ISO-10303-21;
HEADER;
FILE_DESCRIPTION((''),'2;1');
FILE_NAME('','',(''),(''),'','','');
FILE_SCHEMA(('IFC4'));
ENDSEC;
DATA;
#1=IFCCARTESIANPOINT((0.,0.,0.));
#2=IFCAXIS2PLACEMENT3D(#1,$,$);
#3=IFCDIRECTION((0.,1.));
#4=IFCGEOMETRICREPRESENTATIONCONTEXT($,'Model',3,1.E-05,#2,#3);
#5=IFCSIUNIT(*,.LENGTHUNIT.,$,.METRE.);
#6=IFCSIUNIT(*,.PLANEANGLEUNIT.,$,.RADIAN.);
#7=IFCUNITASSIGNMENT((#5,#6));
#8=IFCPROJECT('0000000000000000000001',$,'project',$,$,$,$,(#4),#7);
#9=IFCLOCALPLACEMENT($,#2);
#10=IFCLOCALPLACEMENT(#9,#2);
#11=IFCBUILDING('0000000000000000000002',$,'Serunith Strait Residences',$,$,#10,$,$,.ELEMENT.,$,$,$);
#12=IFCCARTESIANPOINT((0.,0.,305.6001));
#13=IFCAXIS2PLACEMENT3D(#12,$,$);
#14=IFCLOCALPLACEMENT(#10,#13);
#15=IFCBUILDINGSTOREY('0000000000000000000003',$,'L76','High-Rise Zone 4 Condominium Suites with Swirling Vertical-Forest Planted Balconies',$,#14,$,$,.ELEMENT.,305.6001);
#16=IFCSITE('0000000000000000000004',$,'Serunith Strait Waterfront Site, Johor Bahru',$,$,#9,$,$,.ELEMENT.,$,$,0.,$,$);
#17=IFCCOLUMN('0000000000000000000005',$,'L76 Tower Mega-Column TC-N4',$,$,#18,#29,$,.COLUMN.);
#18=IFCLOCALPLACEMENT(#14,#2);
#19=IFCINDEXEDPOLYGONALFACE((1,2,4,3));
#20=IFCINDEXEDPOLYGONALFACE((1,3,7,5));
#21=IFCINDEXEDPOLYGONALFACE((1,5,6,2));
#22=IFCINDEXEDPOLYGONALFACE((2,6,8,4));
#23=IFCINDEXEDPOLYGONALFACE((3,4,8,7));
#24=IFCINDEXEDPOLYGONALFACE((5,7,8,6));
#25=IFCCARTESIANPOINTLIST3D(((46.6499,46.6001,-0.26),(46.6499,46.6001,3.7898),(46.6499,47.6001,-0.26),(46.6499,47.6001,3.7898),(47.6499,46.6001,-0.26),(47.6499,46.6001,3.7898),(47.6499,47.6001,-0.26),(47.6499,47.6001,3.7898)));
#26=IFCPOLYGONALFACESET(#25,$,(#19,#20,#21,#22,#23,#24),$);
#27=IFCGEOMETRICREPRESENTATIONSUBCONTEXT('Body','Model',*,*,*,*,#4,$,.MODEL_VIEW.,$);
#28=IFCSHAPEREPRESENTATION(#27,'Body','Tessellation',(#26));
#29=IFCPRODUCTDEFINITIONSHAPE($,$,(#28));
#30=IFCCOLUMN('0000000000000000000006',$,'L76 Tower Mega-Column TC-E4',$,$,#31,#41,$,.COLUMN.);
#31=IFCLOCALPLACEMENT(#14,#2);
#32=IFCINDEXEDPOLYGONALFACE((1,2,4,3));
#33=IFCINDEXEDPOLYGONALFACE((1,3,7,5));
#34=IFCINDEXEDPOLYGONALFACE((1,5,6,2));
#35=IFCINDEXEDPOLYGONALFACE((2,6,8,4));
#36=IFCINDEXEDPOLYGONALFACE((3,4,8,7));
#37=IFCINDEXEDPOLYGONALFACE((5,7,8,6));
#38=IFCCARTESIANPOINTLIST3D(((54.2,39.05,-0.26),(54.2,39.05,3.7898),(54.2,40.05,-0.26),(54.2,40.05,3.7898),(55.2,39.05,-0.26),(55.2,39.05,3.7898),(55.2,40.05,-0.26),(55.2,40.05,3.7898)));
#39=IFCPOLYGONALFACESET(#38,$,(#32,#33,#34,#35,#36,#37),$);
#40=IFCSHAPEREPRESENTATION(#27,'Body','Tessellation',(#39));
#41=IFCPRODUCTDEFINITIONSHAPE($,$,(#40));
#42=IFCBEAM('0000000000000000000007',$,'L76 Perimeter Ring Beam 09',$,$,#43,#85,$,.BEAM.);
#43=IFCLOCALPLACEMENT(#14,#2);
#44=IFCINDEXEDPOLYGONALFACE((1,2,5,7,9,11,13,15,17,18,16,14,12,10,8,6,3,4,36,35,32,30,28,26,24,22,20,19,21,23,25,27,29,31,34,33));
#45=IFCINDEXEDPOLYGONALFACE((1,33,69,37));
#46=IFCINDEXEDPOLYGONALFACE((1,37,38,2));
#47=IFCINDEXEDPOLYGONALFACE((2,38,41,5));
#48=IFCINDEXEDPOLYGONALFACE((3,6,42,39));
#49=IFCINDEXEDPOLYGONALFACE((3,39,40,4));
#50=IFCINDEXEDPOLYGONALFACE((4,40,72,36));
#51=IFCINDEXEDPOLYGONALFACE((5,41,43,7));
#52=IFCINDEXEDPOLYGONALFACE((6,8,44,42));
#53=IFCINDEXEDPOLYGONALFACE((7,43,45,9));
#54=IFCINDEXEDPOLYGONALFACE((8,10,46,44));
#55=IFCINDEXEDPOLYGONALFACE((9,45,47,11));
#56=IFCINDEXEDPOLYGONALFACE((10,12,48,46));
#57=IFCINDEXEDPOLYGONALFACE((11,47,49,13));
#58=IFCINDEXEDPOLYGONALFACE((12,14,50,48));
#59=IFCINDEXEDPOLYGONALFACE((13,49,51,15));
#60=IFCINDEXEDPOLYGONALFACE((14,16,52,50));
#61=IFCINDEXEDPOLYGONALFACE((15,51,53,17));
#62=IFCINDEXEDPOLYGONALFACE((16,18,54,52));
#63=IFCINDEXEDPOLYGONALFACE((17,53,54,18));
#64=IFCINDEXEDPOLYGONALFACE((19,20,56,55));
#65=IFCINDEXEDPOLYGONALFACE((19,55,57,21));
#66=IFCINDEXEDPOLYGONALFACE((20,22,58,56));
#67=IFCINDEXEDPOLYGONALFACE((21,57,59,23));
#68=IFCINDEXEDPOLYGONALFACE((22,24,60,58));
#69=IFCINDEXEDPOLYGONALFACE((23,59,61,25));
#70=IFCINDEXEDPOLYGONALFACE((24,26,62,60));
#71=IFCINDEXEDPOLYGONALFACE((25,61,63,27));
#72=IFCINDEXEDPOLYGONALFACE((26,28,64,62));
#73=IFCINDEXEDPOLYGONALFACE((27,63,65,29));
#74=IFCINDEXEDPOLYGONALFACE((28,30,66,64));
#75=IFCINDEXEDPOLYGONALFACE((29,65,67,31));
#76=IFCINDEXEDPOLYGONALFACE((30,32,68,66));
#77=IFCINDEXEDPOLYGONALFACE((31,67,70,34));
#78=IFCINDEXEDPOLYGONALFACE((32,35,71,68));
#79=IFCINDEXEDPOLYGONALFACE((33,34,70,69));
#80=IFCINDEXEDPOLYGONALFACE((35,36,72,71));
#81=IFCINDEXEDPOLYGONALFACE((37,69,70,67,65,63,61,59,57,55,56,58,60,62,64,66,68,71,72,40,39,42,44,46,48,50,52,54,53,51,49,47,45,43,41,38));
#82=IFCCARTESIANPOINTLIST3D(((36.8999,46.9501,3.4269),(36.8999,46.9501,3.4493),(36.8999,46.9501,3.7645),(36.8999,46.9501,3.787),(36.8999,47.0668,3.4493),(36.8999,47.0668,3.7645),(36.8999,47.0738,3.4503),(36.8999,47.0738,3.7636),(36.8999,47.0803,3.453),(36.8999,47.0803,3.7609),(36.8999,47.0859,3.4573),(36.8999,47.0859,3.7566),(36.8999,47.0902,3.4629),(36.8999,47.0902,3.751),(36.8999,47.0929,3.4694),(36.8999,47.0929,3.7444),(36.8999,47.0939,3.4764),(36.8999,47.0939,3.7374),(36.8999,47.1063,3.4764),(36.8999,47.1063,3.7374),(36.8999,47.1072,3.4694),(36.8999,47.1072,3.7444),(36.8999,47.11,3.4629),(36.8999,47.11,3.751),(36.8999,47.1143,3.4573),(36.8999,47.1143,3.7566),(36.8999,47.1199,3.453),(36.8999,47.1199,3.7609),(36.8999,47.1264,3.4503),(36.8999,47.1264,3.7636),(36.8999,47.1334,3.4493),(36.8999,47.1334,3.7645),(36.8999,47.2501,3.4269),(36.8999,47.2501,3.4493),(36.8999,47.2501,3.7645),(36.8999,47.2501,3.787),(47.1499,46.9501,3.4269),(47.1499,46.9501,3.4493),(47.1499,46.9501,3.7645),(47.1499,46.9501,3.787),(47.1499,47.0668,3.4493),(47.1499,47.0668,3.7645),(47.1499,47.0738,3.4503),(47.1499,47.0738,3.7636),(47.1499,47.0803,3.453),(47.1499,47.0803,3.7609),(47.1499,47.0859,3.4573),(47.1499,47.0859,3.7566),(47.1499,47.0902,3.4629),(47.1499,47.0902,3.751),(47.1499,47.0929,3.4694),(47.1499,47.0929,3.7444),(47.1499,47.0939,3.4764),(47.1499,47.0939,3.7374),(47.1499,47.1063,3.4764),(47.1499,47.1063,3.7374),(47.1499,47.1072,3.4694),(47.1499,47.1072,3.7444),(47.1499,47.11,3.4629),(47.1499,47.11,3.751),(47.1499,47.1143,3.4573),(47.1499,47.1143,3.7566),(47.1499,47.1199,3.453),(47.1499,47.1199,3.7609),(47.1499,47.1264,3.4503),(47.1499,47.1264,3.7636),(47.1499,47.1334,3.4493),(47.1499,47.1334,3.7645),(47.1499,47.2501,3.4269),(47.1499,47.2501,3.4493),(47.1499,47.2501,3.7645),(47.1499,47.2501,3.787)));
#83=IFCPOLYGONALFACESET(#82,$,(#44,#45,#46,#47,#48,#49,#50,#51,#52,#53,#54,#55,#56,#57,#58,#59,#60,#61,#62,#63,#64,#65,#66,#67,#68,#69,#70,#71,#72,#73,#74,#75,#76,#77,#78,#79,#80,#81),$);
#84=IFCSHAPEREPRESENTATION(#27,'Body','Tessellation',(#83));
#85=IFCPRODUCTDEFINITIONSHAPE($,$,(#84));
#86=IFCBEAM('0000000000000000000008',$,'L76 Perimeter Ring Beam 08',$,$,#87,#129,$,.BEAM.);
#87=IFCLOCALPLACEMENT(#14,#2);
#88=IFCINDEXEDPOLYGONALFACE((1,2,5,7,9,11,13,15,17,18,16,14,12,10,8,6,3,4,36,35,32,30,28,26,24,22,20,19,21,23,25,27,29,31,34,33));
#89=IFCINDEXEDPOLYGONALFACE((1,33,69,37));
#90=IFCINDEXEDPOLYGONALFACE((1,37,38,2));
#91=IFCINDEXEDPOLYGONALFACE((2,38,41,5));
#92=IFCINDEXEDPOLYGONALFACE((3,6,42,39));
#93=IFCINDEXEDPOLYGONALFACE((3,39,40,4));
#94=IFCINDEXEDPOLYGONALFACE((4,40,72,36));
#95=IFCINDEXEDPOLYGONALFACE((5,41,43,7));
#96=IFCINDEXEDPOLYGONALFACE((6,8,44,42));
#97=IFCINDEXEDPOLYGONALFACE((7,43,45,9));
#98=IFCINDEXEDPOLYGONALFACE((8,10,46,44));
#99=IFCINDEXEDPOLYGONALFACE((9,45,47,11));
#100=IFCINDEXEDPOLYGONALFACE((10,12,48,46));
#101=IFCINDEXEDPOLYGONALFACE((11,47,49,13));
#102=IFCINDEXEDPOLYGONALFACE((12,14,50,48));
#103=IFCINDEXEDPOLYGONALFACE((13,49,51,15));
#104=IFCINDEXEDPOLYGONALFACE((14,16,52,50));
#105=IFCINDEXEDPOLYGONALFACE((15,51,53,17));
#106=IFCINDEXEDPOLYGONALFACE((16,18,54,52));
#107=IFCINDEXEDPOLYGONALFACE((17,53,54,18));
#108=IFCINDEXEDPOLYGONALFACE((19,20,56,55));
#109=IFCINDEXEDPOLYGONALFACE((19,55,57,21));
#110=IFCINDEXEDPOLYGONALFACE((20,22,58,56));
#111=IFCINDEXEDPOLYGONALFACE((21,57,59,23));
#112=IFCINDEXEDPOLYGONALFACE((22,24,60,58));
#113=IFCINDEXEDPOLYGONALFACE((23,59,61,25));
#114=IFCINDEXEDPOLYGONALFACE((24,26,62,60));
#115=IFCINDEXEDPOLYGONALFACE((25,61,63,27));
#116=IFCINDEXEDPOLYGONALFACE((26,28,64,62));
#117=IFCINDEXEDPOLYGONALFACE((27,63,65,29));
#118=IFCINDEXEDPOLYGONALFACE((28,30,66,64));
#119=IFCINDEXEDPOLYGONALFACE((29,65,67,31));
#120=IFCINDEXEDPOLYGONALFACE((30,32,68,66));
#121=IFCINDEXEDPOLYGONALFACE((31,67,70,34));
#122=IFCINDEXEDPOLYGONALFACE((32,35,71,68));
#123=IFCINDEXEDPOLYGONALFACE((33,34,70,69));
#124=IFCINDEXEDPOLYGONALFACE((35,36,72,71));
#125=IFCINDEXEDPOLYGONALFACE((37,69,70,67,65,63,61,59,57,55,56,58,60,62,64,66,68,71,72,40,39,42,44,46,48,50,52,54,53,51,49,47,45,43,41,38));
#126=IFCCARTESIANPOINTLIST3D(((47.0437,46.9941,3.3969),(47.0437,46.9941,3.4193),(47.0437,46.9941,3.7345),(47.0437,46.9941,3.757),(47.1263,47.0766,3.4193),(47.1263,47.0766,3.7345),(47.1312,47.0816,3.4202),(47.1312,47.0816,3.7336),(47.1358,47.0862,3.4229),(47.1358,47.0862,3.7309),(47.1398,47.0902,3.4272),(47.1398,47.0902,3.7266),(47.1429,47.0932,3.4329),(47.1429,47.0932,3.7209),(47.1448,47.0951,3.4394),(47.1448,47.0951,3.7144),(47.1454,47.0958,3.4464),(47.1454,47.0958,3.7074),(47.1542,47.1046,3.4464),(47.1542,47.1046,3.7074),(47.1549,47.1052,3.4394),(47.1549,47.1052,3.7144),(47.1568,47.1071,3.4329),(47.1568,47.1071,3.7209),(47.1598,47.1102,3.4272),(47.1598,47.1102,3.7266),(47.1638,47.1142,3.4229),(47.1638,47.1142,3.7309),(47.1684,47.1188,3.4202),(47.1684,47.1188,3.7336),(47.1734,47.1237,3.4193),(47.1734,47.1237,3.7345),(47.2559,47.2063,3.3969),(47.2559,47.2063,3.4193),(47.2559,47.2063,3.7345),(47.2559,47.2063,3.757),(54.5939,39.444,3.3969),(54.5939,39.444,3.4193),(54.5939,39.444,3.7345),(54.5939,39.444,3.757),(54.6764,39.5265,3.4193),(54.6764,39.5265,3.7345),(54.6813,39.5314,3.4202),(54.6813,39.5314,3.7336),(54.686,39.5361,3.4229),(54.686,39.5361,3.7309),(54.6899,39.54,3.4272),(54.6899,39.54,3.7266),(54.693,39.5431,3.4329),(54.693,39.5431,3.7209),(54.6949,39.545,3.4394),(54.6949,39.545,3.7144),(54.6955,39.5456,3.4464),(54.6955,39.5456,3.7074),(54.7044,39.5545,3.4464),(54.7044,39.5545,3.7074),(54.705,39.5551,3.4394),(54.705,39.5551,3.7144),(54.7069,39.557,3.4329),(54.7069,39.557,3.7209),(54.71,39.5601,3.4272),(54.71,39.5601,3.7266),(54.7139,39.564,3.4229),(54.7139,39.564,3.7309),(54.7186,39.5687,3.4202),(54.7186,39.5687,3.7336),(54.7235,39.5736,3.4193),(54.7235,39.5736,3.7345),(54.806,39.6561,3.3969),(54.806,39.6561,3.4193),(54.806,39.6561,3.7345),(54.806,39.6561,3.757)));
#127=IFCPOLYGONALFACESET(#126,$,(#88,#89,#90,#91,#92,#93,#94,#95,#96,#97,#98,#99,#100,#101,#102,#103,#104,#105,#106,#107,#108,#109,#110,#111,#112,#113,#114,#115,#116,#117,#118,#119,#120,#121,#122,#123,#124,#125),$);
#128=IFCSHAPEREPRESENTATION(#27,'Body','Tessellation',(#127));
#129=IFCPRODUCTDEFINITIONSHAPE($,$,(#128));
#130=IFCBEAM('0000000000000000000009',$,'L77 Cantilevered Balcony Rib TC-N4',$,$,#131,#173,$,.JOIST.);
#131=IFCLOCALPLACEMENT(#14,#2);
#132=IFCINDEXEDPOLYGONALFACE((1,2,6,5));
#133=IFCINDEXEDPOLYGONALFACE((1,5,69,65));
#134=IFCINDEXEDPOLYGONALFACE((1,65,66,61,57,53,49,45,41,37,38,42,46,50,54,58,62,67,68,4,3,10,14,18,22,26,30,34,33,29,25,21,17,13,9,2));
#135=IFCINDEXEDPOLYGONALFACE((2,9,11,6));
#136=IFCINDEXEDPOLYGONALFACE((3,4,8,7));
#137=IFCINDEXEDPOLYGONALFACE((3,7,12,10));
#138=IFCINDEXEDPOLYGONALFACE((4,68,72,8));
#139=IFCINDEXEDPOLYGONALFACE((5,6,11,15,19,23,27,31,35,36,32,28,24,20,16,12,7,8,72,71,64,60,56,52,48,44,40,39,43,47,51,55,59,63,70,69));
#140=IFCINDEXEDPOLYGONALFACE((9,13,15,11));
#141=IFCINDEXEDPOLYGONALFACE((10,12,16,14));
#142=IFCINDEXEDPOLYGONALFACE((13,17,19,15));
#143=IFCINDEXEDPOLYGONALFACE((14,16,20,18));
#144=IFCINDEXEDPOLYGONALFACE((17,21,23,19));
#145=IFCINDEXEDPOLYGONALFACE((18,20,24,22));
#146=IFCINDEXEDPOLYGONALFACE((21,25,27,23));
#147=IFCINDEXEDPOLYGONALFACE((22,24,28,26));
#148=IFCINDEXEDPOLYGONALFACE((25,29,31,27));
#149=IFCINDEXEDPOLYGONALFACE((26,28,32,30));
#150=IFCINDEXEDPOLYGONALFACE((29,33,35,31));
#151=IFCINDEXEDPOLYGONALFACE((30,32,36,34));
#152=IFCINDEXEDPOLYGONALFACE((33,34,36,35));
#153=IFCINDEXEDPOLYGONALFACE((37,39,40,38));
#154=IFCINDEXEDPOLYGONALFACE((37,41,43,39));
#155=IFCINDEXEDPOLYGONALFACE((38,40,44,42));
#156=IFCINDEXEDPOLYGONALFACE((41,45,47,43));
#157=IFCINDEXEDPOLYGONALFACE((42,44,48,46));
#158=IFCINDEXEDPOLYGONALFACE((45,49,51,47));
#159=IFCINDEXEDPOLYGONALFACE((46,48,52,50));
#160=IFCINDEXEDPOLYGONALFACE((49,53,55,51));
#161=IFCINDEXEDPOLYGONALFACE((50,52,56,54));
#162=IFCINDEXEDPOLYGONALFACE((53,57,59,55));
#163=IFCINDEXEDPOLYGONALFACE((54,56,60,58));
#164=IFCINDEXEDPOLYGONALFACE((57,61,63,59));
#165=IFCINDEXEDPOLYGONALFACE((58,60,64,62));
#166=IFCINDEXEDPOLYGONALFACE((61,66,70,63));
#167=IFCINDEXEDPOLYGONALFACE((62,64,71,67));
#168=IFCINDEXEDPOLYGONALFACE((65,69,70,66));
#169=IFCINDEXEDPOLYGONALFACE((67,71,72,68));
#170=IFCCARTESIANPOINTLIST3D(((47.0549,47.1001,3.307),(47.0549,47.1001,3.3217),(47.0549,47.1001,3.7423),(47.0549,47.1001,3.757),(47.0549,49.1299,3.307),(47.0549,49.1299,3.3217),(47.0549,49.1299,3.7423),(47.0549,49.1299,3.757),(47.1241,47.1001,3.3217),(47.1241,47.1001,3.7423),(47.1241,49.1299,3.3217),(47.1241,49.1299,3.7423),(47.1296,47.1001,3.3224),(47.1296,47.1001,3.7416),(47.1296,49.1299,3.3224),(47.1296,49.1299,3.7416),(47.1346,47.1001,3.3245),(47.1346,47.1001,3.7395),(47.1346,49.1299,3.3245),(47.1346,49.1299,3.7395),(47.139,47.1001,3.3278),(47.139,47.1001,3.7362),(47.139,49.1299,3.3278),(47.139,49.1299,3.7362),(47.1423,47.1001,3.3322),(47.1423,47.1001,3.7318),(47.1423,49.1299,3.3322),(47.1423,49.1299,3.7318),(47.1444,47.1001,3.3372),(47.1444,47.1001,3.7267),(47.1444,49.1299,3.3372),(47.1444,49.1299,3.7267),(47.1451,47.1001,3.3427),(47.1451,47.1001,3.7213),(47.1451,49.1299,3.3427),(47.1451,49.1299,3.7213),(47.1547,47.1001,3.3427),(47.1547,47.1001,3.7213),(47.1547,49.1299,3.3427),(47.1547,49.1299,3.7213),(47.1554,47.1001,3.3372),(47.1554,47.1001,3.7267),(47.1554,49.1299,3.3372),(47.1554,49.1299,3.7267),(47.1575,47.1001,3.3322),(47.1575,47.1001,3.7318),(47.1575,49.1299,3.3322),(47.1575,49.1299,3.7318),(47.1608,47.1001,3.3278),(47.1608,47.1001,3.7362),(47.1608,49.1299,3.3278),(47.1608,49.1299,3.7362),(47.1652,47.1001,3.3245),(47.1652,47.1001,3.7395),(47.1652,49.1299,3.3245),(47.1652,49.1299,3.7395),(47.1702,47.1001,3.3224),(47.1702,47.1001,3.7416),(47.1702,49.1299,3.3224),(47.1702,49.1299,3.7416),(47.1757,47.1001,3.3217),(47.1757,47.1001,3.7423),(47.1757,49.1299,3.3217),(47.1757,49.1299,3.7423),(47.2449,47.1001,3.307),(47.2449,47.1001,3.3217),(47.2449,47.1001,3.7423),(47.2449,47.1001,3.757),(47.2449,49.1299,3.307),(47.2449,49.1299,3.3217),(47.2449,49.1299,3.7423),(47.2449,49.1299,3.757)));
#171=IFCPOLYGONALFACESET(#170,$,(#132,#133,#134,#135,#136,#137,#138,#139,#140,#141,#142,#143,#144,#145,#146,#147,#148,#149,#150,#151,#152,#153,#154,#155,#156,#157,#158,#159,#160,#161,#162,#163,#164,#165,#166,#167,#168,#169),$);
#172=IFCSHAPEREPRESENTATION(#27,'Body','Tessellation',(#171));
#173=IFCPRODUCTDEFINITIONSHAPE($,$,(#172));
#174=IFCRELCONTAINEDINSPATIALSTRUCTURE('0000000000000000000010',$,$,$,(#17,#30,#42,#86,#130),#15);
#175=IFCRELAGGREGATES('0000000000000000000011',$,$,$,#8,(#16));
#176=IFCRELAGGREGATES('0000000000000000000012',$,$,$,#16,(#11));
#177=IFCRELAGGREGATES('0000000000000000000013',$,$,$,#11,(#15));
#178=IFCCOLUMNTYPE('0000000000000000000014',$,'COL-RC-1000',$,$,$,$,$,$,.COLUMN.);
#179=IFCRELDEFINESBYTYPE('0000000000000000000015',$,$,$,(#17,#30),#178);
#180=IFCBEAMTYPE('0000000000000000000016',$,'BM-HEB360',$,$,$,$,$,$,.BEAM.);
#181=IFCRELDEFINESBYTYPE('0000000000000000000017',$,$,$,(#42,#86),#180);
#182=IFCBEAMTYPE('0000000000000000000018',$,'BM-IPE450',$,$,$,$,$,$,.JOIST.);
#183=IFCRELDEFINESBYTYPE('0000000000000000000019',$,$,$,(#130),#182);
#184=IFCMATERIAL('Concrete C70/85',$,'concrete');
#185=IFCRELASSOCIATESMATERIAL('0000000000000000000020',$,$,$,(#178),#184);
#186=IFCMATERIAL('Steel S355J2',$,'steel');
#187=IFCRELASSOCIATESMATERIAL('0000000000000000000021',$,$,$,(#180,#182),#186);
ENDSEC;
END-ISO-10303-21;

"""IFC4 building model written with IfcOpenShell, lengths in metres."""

from ifc_helpers import new_model, si_unit, direction, frame, origin, origin_2d, place, context, subcontext, project, spatial, rectangle, i_section, extrude, source, transform, mapped, material, material_profile, profile_set, type_object, element, save


model = new_model("IFC4")

# Units and contexts
model_context = context("Model", 3, precision=1e-05, world=origin(), true_north=direction((0.0, 1.0)))
body_context = subcontext(model_context, "Body", "Model", "MODEL_VIEW")
ifc_project = project(units=[si_unit("LENGTHUNIT", "METRE"), si_unit("PLANEANGLEUNIT", "RADIAN")], contexts=[model_context])

# Site, building, storey
site_placement = place(None, origin())
site = spatial("IfcSite", under=ifc_project, at=site_placement, Name="Serunith Strait Waterfront Site, Johor Bahru", CompositionType="ELEMENT", RefElevation=0.0)
building_placement = place(site_placement, origin())
building = spatial("IfcBuilding", under=site, at=building_placement, Name="Serunith Strait Residences", CompositionType="ELEMENT")
storey_placement = place(building_placement, frame((0.0, 0.0, 305.6001)))
storey = spatial("IfcBuildingStorey", under=building, at=storey_placement, Name="L76", Description="High-Rise Zone 4 Condominium Suites with Swirling Vertical-Forest Planted Balconies", CompositionType="ELEMENT", Elevation=305.6001)

# Columns
ifc_material_1 = material(Name="Concrete C70/85", Category="concrete")
ifc_material_profile_1 = material_profile(ifc_material_1, rectangle(XDim=1.0, YDim=1.0, at=origin_2d()), Name="RC 1000x1000")
ifc_profile_set_1 = profile_set([ifc_material_profile_1], Name="Concrete C70/85")
column_type = type_object("IfcColumnType", Name="COL-RC-1000", PredefinedType="COLUMN", material=ifc_profile_set_1)
shared_shape_1 = source(origin(), body_context, "Body", "SweptSolid", [
    extrude(rectangle(XDim=1.0, YDim=1.0, at=origin_2d()), origin(), (0.0, 0.0, 1.0), 4.0498),
])
for number, where, z_axis, x_axis, name in (
    (1, (47.1499, 47.1001, -0.26), (0.0, 0.0, 1.0), (1.0, 0.0, 0.0), "L76 Tower Mega-Column TC-N4"),
    (2, (54.7, 39.55, -0.26), (0.0, 0.0, 1.0), (1.0, 0.0, 0.0), "L76 Tower Mega-Column TC-E4"),
):
    element("IfcColumn", number, at=place(storey_placement, frame(where, z_axis=z_axis, x_axis=x_axis)), inside=storey, type_object=column_type, Name=name, PredefinedType="COLUMN", context=body_context, shape_type="MappedRepresentation", body=[
        mapped(shared_shape_1, transform((0.0, 0.0, 0.0), scale=1.0)),
    ])

# Beams
ifc_material_2 = material(Name="Steel S355J2", Category="steel")
ifc_material_profile_2 = material_profile(ifc_material_2, i_section(OverallWidth=0.3, OverallDepth=0.3601, WebThickness=0.0125, FlangeThickness=0.0225, FilletRadius=0.0271, at=origin_2d()), Name="HEB 360")
ifc_profile_set_2 = profile_set([ifc_material_profile_2], Name="Steel S355J2")
beam_type_1 = type_object("IfcBeamType", Name="BM-HEB360", PredefinedType="BEAM", material=ifc_profile_set_2)
shared_shape_2 = source(origin(), body_context, "Body", "SweptSolid", [
    extrude(i_section(OverallWidth=0.3, OverallDepth=0.3601, WebThickness=0.0125, FlangeThickness=0.0225, FilletRadius=0.0271, at=origin_2d()), origin(), (0.0, 0.0, 1.0), 10.25),
])
beam_1_placement = place(storey_placement, frame((47.1499, 47.1001, 3.6069), z_axis=(-1.0, 0.0, 0.0), x_axis=(0.0, -1.0, 0.0)))
element("IfcBeam", 3, at=beam_1_placement, inside=storey, type_object=beam_type_1, Name="L76 Perimeter Ring Beam 09", PredefinedType="BEAM", context=body_context, shape_type="MappedRepresentation", body=[
    mapped(shared_shape_2, transform((0.0, 0.0, 0.0), scale=1.0)),
])
shared_shape_3 = source(origin(), body_context, "Body", "SweptSolid", [
    extrude(i_section(OverallWidth=0.3, OverallDepth=0.3601, WebThickness=0.0125, FlangeThickness=0.0225, FilletRadius=0.0271, at=origin_2d()), origin(), (0.0, 0.0, 1.0), 10.6775),
])
beam_2_placement = place(storey_placement, frame((54.7, 39.55, 3.5769), z_axis=(-0.707107, 0.707107, 0.0), x_axis=(-0.707107, -0.707107, 0.0)))
element("IfcBeam", 4, at=beam_2_placement, inside=storey, type_object=beam_type_1, Name="L76 Perimeter Ring Beam 08", PredefinedType="BEAM", context=body_context, shape_type="MappedRepresentation", body=[
    mapped(shared_shape_3, transform((0.0, 0.0, 0.0), scale=1.0)),
])
ifc_material_profile_3 = material_profile(ifc_material_2, i_section(OverallWidth=0.1899, OverallDepth=0.45, WebThickness=0.0095, FlangeThickness=0.0146, FilletRadius=0.021, at=origin_2d()), Name="IPE 450")
ifc_profile_set_3 = profile_set([ifc_material_profile_3], Name="Steel S355J2")
beam_type_2 = type_object("IfcBeamType", Name="BM-IPE450", PredefinedType="JOIST", material=ifc_profile_set_3)
shared_shape_4 = source(origin(), body_context, "Body", "SweptSolid", [
    extrude(i_section(OverallWidth=0.1899, OverallDepth=0.45, WebThickness=0.0095, FlangeThickness=0.0146, FilletRadius=0.021, at=origin_2d()), origin(), (0.0, 0.0, 1.0), 2.0298),
])
beam_3_placement = place(storey_placement, frame((47.1499, 47.1001, 3.532), z_axis=(0.0, 1.0, 0.0), x_axis=(-1.0, 0.0, 0.0)))
element("IfcBeam", 5, at=beam_3_placement, inside=storey, type_object=beam_type_2, Name="L77 Cantilevered Balcony Rib TC-N4", PredefinedType="JOIST", context=body_context, shape_type="MappedRepresentation", body=[
    mapped(shared_shape_4, transform((0.0, 0.0, 0.0), scale=1.0)),
])

save(model, "model.ifc")
